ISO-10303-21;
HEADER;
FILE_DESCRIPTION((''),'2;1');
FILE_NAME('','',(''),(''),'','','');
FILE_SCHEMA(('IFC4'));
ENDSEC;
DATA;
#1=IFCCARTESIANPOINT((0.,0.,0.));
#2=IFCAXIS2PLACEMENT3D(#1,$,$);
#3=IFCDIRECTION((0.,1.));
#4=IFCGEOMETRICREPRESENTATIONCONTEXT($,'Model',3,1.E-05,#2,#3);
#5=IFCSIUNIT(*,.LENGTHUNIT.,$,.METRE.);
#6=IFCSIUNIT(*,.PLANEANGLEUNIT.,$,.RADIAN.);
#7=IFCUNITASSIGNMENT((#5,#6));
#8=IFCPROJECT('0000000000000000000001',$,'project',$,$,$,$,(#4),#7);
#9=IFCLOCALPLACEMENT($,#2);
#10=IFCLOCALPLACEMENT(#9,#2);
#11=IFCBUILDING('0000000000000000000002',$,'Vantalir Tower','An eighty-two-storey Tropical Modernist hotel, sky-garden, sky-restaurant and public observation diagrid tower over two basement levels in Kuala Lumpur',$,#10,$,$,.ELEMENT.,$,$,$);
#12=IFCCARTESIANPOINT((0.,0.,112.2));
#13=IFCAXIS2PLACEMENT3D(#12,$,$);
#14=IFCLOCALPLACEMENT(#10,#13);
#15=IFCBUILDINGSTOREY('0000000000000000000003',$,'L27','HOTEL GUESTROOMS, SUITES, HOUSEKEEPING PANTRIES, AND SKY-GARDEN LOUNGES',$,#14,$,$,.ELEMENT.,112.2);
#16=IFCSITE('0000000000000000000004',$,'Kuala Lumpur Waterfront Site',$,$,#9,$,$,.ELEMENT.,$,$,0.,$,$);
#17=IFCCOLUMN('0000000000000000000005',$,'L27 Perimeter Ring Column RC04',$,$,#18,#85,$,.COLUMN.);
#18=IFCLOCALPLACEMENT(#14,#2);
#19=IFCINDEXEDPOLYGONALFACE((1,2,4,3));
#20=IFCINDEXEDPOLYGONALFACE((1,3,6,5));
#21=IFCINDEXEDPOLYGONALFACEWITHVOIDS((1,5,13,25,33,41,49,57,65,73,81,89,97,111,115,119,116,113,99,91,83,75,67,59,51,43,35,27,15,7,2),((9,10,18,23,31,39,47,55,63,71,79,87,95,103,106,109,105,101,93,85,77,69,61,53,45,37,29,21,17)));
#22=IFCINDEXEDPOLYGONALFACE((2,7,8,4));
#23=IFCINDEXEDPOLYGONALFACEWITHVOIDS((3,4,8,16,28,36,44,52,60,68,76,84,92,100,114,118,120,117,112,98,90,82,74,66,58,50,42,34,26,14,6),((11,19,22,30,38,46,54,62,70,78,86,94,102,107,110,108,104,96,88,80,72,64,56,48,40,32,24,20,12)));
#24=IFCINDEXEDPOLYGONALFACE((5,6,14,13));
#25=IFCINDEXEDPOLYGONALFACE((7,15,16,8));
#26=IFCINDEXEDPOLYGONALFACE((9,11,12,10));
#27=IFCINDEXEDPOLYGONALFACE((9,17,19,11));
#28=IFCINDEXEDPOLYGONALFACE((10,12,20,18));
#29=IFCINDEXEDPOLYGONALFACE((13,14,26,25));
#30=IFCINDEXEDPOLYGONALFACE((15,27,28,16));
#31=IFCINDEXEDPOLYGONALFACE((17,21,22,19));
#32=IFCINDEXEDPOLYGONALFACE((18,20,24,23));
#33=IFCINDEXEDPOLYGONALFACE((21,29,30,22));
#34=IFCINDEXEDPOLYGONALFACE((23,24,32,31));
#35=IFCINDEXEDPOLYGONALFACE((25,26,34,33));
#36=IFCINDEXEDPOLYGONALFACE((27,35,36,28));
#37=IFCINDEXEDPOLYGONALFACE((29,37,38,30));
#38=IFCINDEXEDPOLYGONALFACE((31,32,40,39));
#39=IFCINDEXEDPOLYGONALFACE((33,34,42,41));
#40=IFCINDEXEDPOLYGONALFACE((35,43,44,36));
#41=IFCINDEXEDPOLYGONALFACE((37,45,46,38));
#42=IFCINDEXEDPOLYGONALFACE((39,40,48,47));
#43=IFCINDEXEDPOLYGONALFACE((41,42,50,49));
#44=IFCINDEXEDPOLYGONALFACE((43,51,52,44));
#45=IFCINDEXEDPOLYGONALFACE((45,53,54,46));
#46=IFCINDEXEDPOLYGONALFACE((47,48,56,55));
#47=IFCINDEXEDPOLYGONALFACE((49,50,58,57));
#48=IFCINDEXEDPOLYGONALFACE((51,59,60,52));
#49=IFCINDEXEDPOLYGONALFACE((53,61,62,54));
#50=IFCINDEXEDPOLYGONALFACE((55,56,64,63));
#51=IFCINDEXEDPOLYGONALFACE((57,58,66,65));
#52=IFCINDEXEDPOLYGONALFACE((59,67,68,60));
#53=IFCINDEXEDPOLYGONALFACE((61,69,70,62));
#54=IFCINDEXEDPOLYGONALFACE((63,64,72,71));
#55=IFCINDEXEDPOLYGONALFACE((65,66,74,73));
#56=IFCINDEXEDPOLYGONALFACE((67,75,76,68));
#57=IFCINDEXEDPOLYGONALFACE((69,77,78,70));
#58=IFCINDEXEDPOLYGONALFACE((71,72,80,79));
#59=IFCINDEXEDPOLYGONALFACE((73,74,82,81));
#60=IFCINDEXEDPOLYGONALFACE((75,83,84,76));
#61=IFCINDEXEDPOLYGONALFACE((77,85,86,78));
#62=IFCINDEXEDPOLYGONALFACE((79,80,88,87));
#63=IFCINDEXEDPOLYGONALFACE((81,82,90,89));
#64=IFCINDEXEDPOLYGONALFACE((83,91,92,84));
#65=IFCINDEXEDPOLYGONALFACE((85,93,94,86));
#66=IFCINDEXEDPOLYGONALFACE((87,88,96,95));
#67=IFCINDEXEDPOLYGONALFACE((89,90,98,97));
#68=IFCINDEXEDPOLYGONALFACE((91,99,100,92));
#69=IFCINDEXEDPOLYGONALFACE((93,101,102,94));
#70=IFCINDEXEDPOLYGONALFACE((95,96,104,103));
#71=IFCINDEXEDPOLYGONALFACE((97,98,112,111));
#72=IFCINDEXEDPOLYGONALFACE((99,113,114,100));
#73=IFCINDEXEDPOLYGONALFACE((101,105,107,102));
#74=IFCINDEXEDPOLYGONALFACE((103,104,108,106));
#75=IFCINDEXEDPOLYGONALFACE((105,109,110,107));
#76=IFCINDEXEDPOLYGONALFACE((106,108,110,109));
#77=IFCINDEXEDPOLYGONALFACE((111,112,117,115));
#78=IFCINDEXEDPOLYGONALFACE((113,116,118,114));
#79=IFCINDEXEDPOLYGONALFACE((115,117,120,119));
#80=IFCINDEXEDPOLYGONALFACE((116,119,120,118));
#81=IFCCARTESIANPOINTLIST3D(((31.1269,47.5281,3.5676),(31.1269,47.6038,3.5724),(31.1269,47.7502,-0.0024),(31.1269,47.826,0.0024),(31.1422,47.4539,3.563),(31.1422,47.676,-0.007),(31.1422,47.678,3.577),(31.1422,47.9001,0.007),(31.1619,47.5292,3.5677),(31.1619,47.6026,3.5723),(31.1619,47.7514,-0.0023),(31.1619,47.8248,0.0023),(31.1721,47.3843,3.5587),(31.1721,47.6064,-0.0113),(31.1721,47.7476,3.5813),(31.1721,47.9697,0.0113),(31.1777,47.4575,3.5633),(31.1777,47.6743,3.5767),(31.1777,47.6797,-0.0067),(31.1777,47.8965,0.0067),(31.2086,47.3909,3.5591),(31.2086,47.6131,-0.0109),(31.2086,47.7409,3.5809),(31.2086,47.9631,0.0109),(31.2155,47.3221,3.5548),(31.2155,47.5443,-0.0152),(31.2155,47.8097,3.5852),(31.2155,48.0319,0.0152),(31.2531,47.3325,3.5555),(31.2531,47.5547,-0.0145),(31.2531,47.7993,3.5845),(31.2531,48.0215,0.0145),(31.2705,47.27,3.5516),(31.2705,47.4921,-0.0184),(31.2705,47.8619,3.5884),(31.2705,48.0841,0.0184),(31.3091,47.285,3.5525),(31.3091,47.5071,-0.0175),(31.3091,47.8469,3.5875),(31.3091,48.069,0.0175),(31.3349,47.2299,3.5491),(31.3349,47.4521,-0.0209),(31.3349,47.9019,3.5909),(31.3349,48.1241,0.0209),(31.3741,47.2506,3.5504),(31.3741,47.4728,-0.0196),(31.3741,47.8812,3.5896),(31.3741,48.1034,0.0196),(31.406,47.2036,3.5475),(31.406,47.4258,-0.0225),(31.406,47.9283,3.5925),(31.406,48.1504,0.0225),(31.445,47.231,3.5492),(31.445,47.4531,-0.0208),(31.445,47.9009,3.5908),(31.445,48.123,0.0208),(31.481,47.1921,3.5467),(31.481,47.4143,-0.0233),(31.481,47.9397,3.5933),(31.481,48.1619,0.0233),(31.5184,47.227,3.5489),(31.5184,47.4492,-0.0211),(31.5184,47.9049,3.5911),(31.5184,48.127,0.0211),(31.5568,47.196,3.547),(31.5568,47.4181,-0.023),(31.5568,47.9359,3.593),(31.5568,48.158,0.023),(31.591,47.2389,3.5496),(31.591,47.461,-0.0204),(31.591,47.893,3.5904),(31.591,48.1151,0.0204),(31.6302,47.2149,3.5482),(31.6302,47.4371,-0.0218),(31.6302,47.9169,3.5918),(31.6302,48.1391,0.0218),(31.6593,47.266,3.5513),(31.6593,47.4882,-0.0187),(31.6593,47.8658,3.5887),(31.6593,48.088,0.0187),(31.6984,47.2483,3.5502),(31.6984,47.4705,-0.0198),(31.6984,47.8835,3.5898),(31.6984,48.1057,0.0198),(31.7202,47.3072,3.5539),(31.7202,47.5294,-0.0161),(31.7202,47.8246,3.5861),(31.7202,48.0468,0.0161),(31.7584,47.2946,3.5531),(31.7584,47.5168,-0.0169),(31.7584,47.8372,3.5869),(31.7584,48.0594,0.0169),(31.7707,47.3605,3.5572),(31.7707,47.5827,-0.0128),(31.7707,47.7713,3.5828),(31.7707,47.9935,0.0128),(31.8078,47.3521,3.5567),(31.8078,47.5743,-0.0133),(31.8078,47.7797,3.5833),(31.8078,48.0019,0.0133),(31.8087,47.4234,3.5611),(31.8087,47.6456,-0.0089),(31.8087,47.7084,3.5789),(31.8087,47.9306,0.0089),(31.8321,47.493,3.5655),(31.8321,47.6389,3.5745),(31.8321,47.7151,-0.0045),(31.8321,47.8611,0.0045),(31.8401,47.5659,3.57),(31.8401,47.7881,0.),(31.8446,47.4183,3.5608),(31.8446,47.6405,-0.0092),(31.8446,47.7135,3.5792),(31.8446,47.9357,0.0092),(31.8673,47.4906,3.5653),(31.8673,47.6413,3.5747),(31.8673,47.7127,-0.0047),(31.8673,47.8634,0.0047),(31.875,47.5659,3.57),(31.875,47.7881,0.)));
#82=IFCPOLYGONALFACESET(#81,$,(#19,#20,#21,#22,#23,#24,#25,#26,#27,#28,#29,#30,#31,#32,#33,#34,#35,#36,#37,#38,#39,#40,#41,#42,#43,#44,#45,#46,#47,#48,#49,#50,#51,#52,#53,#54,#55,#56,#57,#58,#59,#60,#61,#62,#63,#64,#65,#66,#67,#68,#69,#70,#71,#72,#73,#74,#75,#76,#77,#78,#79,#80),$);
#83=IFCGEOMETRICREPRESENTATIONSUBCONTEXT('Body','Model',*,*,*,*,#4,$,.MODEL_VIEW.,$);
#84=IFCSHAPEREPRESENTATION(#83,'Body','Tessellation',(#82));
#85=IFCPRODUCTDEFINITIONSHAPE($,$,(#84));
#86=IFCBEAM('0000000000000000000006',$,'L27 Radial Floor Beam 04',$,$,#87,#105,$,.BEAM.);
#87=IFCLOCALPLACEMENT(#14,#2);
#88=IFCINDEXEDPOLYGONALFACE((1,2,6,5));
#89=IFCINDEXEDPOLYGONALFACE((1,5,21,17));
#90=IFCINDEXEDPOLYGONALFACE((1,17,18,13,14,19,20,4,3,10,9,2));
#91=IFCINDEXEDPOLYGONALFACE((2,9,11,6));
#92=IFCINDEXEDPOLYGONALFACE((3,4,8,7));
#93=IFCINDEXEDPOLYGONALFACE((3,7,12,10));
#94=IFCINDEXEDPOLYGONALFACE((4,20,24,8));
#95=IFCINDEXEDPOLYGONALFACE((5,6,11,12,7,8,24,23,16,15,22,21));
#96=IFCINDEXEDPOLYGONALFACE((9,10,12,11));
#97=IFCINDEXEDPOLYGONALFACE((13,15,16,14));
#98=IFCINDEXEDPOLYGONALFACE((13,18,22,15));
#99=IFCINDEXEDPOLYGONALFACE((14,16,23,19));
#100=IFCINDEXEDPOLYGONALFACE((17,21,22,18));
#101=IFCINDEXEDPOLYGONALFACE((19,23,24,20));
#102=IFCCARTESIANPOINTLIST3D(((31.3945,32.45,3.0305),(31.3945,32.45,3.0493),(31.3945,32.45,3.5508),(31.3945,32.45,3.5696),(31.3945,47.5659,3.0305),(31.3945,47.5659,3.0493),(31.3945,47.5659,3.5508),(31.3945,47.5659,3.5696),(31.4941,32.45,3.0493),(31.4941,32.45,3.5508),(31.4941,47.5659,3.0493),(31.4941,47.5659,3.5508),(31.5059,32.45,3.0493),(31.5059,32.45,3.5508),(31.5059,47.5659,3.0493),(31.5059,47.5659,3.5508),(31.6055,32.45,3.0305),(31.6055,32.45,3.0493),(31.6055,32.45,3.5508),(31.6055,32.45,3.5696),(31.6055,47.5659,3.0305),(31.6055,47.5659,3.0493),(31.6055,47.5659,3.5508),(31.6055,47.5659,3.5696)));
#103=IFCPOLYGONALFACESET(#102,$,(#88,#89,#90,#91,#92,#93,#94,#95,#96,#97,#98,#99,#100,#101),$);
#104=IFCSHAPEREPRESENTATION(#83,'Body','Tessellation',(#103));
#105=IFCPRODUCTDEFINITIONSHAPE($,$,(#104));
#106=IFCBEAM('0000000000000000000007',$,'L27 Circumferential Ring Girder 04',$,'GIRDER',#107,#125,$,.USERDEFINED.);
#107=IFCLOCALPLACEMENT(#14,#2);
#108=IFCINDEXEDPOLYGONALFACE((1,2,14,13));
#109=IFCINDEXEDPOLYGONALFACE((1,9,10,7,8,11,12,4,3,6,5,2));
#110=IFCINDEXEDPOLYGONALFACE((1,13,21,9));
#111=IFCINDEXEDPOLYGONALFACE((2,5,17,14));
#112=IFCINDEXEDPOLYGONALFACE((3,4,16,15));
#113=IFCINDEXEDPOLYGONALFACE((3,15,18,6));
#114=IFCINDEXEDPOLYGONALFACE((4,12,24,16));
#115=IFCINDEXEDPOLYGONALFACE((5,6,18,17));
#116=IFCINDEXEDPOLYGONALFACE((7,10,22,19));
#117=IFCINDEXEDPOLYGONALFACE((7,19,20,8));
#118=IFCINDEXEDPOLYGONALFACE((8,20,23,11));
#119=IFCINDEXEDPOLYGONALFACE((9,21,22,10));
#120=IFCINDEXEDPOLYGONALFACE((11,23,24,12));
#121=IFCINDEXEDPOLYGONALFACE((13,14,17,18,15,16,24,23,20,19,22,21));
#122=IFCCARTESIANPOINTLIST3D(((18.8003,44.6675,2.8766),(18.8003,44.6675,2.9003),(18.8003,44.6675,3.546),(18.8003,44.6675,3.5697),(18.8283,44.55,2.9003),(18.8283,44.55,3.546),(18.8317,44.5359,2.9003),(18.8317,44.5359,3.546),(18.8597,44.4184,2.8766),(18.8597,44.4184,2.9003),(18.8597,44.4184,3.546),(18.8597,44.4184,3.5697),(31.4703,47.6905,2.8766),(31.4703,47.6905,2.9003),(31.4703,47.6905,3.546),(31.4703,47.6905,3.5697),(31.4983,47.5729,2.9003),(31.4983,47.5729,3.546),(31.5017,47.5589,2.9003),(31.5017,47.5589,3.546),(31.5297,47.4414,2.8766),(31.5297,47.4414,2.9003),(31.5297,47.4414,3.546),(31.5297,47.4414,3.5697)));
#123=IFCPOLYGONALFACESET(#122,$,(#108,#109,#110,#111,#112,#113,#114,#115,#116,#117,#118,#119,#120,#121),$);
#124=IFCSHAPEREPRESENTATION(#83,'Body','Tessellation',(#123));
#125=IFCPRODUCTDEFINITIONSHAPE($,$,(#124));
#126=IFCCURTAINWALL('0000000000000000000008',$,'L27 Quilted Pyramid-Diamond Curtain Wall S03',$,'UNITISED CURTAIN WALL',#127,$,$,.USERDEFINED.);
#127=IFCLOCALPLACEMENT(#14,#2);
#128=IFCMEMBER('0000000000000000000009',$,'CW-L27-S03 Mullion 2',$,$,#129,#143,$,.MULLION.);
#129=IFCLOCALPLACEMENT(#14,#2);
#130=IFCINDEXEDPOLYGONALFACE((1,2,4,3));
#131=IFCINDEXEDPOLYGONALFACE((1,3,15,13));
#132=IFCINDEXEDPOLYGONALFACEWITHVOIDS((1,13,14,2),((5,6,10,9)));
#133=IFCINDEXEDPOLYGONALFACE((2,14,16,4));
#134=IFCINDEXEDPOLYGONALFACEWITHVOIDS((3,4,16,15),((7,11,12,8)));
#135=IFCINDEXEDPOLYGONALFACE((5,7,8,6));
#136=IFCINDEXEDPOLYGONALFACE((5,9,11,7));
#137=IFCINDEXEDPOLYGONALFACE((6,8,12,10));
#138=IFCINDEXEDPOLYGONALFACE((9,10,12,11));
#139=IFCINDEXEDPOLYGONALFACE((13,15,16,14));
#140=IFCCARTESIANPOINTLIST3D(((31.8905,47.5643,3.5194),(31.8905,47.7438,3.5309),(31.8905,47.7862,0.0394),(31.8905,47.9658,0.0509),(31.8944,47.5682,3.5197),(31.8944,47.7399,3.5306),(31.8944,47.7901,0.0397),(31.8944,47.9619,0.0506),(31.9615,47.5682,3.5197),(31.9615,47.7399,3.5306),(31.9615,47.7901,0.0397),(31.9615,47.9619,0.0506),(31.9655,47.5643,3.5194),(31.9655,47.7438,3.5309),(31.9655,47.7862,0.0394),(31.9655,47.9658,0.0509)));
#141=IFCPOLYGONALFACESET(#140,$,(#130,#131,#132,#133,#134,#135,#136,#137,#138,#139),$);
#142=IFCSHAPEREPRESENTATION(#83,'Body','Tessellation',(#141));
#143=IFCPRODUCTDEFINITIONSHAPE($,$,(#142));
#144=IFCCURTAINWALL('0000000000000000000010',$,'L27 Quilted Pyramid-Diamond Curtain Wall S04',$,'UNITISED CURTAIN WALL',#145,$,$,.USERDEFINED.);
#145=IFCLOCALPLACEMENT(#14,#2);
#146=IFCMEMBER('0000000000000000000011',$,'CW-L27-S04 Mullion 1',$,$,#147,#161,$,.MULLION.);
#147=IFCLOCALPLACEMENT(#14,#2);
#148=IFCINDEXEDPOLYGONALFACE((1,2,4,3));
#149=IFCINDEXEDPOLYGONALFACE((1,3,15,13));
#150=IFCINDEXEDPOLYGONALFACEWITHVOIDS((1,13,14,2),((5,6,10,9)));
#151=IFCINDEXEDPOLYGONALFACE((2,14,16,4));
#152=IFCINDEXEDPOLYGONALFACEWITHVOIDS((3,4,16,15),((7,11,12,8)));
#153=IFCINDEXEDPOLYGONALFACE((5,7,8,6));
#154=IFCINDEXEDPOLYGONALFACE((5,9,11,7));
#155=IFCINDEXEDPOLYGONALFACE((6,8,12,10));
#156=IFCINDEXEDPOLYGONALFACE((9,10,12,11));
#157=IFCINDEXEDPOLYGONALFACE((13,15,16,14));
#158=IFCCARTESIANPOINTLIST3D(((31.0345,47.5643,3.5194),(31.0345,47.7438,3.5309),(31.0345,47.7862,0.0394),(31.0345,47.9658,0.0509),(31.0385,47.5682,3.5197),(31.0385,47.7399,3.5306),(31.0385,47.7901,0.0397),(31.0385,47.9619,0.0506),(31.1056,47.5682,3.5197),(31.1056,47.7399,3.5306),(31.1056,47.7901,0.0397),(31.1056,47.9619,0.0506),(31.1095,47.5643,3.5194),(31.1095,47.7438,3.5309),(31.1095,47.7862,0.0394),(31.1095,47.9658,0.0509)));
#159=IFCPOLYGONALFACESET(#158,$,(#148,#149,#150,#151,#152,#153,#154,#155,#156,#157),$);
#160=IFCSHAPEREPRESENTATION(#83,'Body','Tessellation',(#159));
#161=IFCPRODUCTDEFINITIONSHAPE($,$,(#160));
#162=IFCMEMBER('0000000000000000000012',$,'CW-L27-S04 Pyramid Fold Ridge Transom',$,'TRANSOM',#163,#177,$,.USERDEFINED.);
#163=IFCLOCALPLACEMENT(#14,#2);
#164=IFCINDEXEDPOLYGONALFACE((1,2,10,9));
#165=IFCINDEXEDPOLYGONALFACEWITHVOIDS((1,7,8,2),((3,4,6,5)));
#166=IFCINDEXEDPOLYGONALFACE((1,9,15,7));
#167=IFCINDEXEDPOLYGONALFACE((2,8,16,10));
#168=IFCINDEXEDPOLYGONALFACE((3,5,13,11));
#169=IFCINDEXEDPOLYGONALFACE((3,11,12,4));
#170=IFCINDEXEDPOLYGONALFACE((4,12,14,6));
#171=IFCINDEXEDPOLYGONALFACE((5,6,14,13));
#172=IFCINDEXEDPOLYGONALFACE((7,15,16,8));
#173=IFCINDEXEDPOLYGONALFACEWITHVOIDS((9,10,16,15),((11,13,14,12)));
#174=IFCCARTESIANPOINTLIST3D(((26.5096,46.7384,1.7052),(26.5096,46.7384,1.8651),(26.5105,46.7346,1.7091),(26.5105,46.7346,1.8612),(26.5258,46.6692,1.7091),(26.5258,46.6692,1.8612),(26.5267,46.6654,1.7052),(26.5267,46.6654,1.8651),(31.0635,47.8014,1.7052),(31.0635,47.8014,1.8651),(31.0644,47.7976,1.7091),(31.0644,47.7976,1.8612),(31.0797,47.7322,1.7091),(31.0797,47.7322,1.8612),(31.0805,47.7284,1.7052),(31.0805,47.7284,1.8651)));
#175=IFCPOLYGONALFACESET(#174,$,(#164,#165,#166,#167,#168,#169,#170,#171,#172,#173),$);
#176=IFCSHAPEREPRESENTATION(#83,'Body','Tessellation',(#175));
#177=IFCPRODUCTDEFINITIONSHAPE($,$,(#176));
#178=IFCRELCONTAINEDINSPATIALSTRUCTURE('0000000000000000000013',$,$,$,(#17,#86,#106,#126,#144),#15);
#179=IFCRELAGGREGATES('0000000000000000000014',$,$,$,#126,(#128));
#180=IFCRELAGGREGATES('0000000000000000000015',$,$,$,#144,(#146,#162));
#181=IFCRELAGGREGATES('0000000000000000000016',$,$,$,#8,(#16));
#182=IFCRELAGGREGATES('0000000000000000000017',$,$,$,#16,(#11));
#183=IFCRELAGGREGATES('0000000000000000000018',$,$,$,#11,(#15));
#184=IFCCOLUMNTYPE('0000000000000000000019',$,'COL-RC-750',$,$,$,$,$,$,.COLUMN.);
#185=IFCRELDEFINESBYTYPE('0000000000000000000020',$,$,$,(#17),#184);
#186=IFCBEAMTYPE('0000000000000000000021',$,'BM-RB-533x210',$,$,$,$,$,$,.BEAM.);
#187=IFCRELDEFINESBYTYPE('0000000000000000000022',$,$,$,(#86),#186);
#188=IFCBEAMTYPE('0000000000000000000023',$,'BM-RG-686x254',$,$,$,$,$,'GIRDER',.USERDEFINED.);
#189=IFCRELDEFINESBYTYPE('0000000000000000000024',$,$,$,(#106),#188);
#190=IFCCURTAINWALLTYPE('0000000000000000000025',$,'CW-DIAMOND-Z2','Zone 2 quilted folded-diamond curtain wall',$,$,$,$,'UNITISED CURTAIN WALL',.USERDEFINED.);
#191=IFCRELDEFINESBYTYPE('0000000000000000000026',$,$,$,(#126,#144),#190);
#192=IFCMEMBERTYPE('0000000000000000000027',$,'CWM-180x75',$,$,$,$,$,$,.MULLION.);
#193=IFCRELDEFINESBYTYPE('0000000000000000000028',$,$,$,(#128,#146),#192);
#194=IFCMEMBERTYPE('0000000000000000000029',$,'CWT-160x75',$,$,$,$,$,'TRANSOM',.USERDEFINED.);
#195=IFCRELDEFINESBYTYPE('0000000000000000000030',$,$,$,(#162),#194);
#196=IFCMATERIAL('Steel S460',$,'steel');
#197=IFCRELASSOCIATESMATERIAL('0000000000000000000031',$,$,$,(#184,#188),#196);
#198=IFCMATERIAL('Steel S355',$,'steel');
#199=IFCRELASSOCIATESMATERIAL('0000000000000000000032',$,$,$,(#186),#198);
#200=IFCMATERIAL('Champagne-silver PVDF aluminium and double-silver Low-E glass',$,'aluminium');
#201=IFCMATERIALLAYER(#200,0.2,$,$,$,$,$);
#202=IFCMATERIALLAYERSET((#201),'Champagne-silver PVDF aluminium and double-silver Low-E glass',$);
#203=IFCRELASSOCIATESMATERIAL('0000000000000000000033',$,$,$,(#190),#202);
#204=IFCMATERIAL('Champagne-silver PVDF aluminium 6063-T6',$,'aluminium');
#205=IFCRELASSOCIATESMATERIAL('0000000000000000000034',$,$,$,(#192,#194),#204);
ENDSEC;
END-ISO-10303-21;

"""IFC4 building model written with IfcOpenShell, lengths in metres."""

from ifc_helpers import new_model, si_unit, direction, frame, origin, origin_2d, place, context, subcontext, project, spatial, hollow_rectangle, hollow_circle, i_section, extrude, material, layer, layer_set, material_profile, profile_set, type_object, element, aggregate, save


model = new_model("IFC4")

# Units and contexts
model_context = context("Model", 3, precision=1e-05, world=origin(), true_north=direction((0.0, 1.0)))
body_context = subcontext(model_context, "Body", "Model", "MODEL_VIEW")
ifc_project = project(units=[si_unit("LENGTHUNIT", "METRE"), si_unit("PLANEANGLEUNIT", "RADIAN")], contexts=[model_context])

# Site, building, storey
site_placement = place(None, origin())
site = spatial("IfcSite", under=ifc_project, at=site_placement, Name="Kuala Lumpur Waterfront Site", CompositionType="ELEMENT", RefElevation=0.0)
building_placement = place(site_placement, origin())
building = spatial("IfcBuilding", under=site, at=building_placement, Name="Vantalir Tower", Description="An eighty-two-storey Tropical Modernist hotel, sky-garden, sky-restaurant and public observation diagrid tower over two basement levels in Kuala Lumpur", CompositionType="ELEMENT")
storey_placement = place(building_placement, frame((0.0, 0.0, 112.2)))
storey = spatial("IfcBuildingStorey", under=building, at=storey_placement, Name="L27", Description="HOTEL GUESTROOMS, SUITES, HOUSEKEEPING PANTRIES, AND SKY-GARDEN LOUNGES", CompositionType="ELEMENT", Elevation=112.2)

# Column
ifc_material_1 = material(Name="Steel S460", Category="steel")
ifc_material_profile_1 = material_profile(ifc_material_1, hollow_circle(Radius=0.375, WallThickness=0.0349, at=origin_2d()), Name="Steel S460")
ifc_profile_set_1 = profile_set([ifc_material_profile_1], Name="Steel S460")
column_type = type_object("IfcColumnType", Name="COL-RC-750", PredefinedType="COLUMN", material=ifc_profile_set_1)
column_placement = place(storey_placement, frame((31.5, 47.7881, 0.0), z_axis=(0.0, -0.062111, 0.998069), x_axis=(1.0, 0.0, 0.0)))
element("IfcColumn", 1, at=column_placement, inside=storey, type_object=column_type, Name="L27 Perimeter Ring Column RC04", PredefinedType="COLUMN", context=body_context, shape_type="SweptSolid", body=[
    extrude(hollow_circle(Radius=0.375, WallThickness=0.0349, at=origin_2d()), origin(), (0.0, 0.0, 1.0), 3.5769),
])

# Beams
ifc_material_2 = material(Name="Steel S355", Category="steel")
ifc_material_profile_2 = material_profile(ifc_material_2, i_section(OverallWidth=0.2109, OverallDepth=0.5391, WebThickness=0.0117, FlangeThickness=0.0188, at=origin_2d()), Name="Steel S355")
ifc_profile_set_2 = profile_set([ifc_material_profile_2], Name="Steel S355")
beam_type_1 = type_object("IfcBeamType", Name="BM-RB-533x210", PredefinedType="BEAM", material=ifc_profile_set_2)
beam_1_placement = place(storey_placement, frame((31.5, 47.5659, 3.3), z_axis=(0.0, -1.0, 0.0), x_axis=(1.0, 0.0, 0.0)))
element("IfcBeam", 2, at=beam_1_placement, inside=storey, type_object=beam_type_1, Name="L27 Radial Floor Beam 04", PredefinedType="BEAM", context=body_context, shape_type="SweptSolid", body=[
    extrude(i_section(OverallWidth=0.2109, OverallDepth=0.5391, WebThickness=0.0117, FlangeThickness=0.0188, at=origin_2d()), origin(), (0.0, 0.0, 1.0), 15.116),
])
ifc_material_profile_3 = material_profile(ifc_material_1, i_section(OverallWidth=0.2561, OverallDepth=0.6931, WebThickness=0.0144, FlangeThickness=0.0237, at=origin_2d()), Name="Steel S460")
ifc_profile_set_3 = profile_set([ifc_material_profile_3], Name="Steel S460")
beam_type_2 = type_object("IfcBeamType", Name="BM-RG-686x254", ElementType="GIRDER", PredefinedType="USERDEFINED", material=ifc_profile_set_3)
beam_2_placement = place(storey_placement, frame((31.5, 47.5659, 3.2231), z_axis=(-0.972697, -0.232078, 0.0), x_axis=(0.232078, -0.972697, 0.0)))
element("IfcBeam", 3, at=beam_2_placement, inside=storey, type_object=beam_type_2, Name="L27 Circumferential Ring Girder 04", ObjectType="GIRDER", PredefinedType="USERDEFINED", context=body_context, shape_type="SweptSolid", body=[
    extrude(i_section(OverallWidth=0.2561, OverallDepth=0.6931, WebThickness=0.0144, FlangeThickness=0.0237, at=origin_2d()), origin(), (0.0, 0.0, 1.0), 13.0256),
])

# Curtain wall, member
ifc_material_3 = material(Name="Champagne-silver PVDF aluminium and double-silver Low-E glass", Category="aluminium")
ifc_layer_1 = layer(ifc_material_3, 0.2)
ifc_layer_set_1 = layer_set([ifc_layer_1], Name="Champagne-silver PVDF aluminium and double-silver Low-E glass")
curtain_wall_type = type_object("IfcCurtainWallType", Name="CW-DIAMOND-Z2", Description="Zone 2 quilted folded-diamond curtain wall", ElementType="UNITISED CURTAIN WALL", PredefinedType="USERDEFINED", material=ifc_layer_set_1)
curtain_wall_1_placement = place(storey_placement, origin())
curtain_wall_1 = element("IfcCurtainWall", 4, at=curtain_wall_1_placement, inside=storey, type_object=curtain_wall_type, Name="L27 Quilted Pyramid-Diamond Curtain Wall S03", ObjectType="UNITISED CURTAIN WALL", PredefinedType="USERDEFINED")
ifc_material_4 = material(Name="Champagne-silver PVDF aluminium 6063-T6", Category="aluminium")
ifc_material_profile_4 = material_profile(ifc_material_4, hollow_rectangle(XDim=0.075, YDim=0.1799, WallThickness=0.0039, at=origin_2d()), Name="Champagne-silver PVDF aluminium 6063-T6")
ifc_profile_set_4 = profile_set([ifc_material_profile_4], Name="Champagne-silver PVDF aluminium 6063-T6")
member_type_1 = type_object("IfcMemberType", Name="CWM-180x75", PredefinedType="MULLION", material=ifc_profile_set_4)
member_1_placement = place(storey_placement, frame((31.928, 47.876, 0.0452), z_axis=(0.0, -0.063642, 0.997973), x_axis=(1.0, 0.0, 0.0)))
member_1 = element("IfcMember", 5, at=member_1_placement, type_object=member_type_1, Name="CW-L27-S03 Mullion 2", PredefinedType="MULLION", context=body_context, shape_type="SweptSolid", body=[
    extrude(hollow_rectangle(XDim=0.075, YDim=0.1799, WallThickness=0.0039, at=origin_2d()), origin(), (0.0, 0.0, 1.0), 3.4871),
])

# Curtain wall, members
curtain_wall_2_placement = place(storey_placement, origin())
curtain_wall_2 = element("IfcCurtainWall", 6, at=curtain_wall_2_placement, inside=storey, type_object=curtain_wall_type, Name="L27 Quilted Pyramid-Diamond Curtain Wall S04", ObjectType="UNITISED CURTAIN WALL", PredefinedType="USERDEFINED")
member_2_placement = place(storey_placement, frame((31.072, 47.876, 0.0452), z_axis=(0.0, -0.063642, 0.997973), x_axis=(1.0, 0.0, 0.0)))
member_2 = element("IfcMember", 7, at=member_2_placement, type_object=member_type_1, Name="CW-L27-S04 Mullion 1", PredefinedType="MULLION", context=body_context, shape_type="SweptSolid", body=[
    extrude(hollow_rectangle(XDim=0.075, YDim=0.1799, WallThickness=0.0039, at=origin_2d()), origin(), (0.0, 0.0, 1.0), 3.4871),
])
ifc_material_profile_5 = material_profile(ifc_material_4, hollow_rectangle(XDim=0.075, YDim=0.1599, WallThickness=0.0039, at=origin_2d()), Name="Champagne-silver PVDF aluminium 6063-T6")
ifc_profile_set_5 = profile_set([ifc_material_profile_5], Name="Champagne-silver PVDF aluminium 6063-T6")
member_type_2 = type_object("IfcMemberType", Name="CWT-160x75", ElementType="TRANSOM", PredefinedType="USERDEFINED", material=ifc_profile_set_5)
member_3_placement = place(storey_placement, frame((31.072, 47.7649, 1.7852), z_axis=(-0.973822, -0.22731, 0.0), x_axis=(0.22731, -0.973822, 0.0)))
member_3 = element("IfcMember", 8, at=member_3_placement, type_object=member_type_2, Name="CW-L27-S04 Pyramid Fold Ridge Transom", ObjectType="TRANSOM", PredefinedType="USERDEFINED", context=body_context, shape_type="SweptSolid", body=[
    extrude(hollow_rectangle(XDim=0.075, YDim=0.1599, WallThickness=0.0039, at=origin_2d()), origin(), (0.0, 0.0, 1.0), 4.6763),
])

aggregate(curtain_wall_1, [member_1])
aggregate(curtain_wall_2, [member_2, member_3])

save(model, "model.ifc")
